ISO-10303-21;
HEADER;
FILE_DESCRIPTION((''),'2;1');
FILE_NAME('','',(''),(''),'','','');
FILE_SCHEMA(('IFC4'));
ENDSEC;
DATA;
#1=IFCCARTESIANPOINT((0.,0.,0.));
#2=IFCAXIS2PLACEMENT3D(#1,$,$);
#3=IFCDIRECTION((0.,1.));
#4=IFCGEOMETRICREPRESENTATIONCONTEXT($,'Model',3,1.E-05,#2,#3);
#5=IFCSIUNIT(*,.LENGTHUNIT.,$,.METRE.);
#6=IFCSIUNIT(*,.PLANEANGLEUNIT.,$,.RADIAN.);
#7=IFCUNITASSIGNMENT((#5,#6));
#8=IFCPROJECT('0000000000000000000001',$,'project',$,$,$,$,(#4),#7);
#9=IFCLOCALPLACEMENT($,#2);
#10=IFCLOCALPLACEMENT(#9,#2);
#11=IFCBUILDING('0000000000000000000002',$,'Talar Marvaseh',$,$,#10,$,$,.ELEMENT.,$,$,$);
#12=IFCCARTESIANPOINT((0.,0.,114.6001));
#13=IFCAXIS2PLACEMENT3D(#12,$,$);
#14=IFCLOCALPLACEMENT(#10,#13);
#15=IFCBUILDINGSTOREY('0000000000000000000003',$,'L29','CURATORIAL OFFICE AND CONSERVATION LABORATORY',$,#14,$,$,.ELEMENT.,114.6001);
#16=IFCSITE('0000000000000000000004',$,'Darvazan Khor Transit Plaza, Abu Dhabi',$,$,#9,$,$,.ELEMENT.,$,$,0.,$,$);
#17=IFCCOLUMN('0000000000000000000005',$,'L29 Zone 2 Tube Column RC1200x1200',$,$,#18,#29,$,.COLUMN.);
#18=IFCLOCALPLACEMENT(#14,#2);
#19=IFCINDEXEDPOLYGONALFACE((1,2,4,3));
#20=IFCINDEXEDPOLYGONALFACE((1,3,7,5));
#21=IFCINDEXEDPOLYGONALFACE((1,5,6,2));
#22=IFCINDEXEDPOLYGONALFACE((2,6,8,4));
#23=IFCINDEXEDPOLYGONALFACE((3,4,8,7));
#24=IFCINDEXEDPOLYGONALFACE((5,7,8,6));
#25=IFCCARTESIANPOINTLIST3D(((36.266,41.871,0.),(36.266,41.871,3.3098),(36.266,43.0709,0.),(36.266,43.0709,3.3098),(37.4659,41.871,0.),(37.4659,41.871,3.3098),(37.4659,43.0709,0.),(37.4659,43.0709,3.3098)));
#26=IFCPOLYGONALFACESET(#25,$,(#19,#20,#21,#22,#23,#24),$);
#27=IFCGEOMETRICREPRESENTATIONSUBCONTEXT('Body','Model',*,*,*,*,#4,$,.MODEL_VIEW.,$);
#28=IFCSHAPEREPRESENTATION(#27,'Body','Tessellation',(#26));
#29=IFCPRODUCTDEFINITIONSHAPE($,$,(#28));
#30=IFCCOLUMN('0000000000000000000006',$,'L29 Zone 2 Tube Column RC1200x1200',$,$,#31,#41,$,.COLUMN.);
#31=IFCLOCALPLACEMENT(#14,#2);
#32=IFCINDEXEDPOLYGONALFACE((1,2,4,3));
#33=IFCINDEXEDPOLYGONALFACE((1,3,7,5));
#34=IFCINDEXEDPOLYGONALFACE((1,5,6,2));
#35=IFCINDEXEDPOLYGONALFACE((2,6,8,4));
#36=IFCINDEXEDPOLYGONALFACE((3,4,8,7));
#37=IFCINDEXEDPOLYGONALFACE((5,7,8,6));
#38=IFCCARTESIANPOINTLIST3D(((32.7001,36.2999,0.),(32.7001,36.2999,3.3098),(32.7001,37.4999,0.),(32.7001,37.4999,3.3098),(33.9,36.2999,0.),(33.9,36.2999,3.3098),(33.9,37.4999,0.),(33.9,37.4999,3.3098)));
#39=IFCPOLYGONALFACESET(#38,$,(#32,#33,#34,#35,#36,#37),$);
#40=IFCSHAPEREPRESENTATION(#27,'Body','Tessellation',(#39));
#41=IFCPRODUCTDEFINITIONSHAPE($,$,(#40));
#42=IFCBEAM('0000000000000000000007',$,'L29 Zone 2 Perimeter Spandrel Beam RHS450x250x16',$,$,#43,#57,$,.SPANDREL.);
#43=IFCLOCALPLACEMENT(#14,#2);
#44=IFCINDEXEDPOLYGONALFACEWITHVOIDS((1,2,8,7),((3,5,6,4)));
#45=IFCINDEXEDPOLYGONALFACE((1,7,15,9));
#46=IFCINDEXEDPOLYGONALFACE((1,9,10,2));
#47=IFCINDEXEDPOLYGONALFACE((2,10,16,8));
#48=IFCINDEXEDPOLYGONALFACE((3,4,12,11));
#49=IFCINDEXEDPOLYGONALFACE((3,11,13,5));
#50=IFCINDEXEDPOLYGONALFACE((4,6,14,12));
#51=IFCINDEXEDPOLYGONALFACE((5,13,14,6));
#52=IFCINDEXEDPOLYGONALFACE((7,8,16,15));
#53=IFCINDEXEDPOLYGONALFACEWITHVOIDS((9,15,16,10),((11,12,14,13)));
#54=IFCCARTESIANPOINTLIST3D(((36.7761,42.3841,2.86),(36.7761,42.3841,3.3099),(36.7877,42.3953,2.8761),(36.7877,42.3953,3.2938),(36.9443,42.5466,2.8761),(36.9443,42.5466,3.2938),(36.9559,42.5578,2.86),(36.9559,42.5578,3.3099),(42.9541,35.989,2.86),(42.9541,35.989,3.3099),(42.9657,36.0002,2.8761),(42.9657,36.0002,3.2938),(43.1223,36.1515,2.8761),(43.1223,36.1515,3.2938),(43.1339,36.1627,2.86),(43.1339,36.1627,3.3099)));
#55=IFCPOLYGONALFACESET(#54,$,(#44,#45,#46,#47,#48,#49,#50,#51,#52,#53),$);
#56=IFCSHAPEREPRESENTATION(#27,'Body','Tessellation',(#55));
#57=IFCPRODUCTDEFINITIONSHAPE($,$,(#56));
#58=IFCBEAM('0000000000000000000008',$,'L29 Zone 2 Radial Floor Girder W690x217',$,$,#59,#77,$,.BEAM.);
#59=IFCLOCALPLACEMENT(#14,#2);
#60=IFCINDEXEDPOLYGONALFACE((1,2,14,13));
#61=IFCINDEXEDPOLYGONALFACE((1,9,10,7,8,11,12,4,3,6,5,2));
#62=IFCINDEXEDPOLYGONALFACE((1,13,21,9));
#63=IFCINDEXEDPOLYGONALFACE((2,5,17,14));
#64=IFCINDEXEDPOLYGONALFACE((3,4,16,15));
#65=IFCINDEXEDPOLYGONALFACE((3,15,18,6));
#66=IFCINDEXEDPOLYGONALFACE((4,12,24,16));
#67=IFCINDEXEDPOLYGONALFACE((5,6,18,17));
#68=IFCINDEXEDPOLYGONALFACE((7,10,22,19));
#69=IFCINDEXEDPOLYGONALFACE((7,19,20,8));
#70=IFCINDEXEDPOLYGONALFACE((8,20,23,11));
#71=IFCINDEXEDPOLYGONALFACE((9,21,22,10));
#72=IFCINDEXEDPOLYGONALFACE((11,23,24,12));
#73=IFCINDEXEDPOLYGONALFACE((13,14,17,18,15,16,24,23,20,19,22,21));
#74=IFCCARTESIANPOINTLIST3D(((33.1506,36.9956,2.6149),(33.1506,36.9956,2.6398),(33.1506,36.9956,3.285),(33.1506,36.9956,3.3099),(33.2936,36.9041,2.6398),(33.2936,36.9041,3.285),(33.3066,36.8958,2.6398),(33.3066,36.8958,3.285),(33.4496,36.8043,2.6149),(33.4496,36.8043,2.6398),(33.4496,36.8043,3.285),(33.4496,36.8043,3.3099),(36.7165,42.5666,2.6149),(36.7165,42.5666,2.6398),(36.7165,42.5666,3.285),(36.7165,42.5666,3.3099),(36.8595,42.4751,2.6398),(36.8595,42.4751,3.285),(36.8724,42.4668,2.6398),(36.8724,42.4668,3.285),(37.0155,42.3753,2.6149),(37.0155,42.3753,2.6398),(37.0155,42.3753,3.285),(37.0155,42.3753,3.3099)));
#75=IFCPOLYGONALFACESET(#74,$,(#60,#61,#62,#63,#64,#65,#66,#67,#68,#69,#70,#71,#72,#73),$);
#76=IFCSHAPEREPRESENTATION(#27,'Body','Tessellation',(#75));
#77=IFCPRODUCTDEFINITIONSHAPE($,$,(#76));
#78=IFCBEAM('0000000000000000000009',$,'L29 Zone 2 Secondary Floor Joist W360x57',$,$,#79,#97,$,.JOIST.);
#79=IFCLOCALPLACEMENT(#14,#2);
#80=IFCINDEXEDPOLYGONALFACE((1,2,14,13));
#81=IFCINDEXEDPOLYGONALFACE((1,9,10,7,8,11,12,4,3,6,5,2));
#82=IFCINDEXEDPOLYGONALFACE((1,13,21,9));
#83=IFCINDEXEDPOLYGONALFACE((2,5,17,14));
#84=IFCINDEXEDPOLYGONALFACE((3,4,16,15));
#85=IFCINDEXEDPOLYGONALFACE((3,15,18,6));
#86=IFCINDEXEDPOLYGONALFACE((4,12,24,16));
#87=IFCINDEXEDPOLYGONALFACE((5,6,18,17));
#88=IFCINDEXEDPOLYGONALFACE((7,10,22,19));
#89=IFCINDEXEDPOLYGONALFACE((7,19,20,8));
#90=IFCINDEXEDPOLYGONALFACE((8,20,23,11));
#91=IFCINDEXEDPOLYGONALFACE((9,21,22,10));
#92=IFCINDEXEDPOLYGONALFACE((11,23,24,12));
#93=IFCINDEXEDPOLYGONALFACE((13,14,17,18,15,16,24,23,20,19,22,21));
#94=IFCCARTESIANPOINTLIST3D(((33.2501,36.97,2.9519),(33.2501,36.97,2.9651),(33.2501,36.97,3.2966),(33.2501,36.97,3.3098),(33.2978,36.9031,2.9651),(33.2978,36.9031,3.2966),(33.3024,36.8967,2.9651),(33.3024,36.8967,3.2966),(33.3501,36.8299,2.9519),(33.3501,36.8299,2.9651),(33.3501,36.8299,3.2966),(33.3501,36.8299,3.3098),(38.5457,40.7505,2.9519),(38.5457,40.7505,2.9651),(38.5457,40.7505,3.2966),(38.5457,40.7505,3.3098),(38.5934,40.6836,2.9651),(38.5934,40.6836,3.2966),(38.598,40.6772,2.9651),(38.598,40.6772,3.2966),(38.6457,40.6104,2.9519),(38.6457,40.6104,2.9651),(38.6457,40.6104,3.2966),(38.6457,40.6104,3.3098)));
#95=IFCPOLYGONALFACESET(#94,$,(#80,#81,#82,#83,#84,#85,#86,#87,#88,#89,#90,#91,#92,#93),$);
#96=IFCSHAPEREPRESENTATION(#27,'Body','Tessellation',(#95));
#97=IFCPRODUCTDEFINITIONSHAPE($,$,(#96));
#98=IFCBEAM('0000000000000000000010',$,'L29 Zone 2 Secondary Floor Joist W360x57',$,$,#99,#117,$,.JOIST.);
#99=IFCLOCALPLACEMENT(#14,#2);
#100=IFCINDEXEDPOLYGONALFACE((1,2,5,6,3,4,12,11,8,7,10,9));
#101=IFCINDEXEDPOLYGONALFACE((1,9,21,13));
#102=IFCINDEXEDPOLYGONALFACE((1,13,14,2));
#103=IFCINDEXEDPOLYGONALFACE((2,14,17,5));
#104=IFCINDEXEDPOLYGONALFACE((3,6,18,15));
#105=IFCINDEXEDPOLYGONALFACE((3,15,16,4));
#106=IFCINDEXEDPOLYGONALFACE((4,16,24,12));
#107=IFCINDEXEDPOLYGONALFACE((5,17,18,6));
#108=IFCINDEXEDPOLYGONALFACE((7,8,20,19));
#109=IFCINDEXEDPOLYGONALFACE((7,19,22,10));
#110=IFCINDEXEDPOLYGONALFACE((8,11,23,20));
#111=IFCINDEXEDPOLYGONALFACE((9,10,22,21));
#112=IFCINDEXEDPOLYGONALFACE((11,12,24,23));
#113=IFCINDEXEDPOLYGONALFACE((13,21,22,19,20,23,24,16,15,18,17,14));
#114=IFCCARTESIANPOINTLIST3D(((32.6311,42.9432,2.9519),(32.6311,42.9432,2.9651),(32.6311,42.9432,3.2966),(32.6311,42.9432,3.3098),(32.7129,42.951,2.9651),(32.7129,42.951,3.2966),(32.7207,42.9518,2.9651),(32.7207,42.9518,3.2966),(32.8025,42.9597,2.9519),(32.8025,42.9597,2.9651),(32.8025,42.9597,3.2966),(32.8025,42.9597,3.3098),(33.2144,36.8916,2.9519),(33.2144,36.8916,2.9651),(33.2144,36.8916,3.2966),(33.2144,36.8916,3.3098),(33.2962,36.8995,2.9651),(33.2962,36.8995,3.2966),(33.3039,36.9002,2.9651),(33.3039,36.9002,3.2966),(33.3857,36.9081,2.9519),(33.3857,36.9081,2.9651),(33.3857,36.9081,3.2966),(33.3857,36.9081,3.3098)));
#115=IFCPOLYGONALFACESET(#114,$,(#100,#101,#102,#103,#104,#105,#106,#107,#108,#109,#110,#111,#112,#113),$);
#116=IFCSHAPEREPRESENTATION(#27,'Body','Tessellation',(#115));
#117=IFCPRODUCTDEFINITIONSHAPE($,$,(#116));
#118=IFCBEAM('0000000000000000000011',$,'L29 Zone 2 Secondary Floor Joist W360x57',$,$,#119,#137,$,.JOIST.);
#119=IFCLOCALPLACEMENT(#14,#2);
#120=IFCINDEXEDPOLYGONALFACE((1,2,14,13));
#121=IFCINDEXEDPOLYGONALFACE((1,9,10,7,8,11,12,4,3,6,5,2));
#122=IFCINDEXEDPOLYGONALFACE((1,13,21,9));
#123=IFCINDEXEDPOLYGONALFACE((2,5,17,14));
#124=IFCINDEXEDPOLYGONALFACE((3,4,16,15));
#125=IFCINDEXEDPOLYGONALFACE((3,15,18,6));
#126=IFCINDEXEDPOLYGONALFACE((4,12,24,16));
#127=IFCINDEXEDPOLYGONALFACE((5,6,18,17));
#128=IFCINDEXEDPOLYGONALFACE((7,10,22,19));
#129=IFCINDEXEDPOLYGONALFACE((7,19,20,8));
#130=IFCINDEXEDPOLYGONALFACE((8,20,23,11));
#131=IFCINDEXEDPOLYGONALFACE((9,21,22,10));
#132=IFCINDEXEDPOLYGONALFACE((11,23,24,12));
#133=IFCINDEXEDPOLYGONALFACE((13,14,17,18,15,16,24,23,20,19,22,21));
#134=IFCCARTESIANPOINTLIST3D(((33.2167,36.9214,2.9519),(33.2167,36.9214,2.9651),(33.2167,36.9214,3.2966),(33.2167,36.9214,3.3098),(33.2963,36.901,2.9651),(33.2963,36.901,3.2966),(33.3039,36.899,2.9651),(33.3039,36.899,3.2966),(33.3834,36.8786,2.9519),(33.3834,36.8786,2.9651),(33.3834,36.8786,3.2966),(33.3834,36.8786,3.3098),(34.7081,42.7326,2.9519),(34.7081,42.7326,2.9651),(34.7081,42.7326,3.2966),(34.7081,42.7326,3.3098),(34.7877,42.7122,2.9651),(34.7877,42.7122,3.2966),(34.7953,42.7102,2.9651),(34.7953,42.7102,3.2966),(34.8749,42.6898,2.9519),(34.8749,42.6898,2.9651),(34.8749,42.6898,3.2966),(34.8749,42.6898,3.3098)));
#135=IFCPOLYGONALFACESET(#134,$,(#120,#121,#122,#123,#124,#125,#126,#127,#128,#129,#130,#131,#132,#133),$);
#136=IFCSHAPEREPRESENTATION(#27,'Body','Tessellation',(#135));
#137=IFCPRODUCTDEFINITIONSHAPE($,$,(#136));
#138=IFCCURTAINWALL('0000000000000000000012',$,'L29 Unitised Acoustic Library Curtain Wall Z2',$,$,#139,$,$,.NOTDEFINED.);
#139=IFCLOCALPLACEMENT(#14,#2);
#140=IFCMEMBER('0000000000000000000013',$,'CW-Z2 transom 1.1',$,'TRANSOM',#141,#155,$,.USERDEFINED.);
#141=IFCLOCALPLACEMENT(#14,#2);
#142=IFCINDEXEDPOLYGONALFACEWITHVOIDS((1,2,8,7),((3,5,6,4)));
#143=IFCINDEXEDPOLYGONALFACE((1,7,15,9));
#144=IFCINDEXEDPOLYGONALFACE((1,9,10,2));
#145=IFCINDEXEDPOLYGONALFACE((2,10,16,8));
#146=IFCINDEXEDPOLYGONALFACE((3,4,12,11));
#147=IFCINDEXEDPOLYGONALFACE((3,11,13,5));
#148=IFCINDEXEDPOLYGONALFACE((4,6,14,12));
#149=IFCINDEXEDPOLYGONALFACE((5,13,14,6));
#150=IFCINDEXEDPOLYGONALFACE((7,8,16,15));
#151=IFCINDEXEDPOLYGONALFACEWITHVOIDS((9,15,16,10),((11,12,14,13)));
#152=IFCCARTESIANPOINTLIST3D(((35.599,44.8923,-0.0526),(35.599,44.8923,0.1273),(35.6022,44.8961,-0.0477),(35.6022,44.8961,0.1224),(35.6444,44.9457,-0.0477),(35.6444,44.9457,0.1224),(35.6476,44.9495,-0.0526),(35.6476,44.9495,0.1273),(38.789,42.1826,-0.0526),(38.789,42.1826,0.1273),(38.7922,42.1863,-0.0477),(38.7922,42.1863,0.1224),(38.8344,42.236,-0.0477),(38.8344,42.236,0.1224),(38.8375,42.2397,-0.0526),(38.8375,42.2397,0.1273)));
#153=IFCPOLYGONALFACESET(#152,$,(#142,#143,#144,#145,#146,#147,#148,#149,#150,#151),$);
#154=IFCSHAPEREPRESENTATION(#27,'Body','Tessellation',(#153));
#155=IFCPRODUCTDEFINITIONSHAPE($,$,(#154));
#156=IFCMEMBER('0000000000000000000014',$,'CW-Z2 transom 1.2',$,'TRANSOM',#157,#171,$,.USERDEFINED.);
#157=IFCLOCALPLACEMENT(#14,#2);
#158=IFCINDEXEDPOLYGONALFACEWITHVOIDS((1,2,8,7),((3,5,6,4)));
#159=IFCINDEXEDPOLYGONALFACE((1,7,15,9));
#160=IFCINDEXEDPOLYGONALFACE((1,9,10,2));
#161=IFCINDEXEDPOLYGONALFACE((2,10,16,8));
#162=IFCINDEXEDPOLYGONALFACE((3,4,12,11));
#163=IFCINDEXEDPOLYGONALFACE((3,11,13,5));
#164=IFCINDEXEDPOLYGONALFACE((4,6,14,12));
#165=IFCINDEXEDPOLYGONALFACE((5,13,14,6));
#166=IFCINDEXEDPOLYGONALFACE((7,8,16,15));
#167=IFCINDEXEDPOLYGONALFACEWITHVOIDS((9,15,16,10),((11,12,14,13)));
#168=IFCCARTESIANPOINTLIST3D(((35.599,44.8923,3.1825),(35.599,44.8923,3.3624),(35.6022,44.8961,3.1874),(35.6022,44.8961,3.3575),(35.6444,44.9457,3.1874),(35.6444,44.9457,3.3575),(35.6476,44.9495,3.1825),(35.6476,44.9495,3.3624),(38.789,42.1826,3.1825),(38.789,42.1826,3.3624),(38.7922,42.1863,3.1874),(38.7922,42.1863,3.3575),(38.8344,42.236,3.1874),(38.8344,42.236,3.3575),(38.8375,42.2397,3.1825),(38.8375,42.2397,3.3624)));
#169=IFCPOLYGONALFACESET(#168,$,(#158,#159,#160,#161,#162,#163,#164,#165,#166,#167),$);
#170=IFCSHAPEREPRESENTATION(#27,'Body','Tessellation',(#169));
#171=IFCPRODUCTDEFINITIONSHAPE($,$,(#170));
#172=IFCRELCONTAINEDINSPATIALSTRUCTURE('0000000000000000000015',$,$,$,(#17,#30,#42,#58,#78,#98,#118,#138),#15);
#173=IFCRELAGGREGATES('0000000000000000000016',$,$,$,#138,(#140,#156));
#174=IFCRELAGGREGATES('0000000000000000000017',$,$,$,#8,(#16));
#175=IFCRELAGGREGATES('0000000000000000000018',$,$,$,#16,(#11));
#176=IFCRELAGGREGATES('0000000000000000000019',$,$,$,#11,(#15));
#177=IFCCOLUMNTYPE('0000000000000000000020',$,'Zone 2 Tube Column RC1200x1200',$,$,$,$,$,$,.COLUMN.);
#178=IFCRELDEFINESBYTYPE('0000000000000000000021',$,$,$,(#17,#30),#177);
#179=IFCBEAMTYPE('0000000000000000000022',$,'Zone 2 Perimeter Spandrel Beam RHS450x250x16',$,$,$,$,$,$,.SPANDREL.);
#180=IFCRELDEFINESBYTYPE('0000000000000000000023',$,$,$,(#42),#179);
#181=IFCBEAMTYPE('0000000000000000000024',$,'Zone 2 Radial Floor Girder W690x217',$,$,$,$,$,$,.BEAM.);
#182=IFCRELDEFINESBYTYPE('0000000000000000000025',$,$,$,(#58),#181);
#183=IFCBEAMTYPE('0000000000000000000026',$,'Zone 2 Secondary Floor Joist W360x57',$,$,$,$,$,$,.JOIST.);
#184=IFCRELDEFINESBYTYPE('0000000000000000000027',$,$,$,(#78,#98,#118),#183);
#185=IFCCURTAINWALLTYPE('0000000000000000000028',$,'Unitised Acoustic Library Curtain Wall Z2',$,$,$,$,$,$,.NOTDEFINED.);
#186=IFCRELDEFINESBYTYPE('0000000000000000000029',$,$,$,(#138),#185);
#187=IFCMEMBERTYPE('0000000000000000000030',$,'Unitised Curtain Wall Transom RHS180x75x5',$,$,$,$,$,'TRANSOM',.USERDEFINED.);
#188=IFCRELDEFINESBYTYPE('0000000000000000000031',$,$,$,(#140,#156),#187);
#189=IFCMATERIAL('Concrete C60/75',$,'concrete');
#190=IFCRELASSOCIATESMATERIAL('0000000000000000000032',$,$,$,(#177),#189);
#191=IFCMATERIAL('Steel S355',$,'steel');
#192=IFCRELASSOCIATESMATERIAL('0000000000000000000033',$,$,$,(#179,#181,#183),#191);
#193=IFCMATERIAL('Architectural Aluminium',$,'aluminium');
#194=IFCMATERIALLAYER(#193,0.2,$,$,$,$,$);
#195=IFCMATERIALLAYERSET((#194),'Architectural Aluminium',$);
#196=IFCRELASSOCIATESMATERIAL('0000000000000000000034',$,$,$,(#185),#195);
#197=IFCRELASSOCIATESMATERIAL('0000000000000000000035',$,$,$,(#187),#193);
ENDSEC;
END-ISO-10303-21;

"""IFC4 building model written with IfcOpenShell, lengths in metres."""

from ifc_helpers import new_model, si_unit, direction, frame, origin, origin_2d, place, context, subcontext, project, spatial, rectangle, hollow_rectangle, i_section, extrude, source, transform, mapped, material, layer, layer_set, material_profile, profile_set, type_object, type_shapes, element, aggregate, save


model = new_model("IFC4")

# Units and contexts
model_context = context("Model", 3, precision=1e-05, world=origin(), true_north=direction((0.0, 1.0)))
body_context = subcontext(model_context, "Body", "Model", "MODEL_VIEW")
ifc_project = project(units=[si_unit("LENGTHUNIT", "METRE"), si_unit("PLANEANGLEUNIT", "RADIAN")], contexts=[model_context])

# Site, building, storey
site_placement = place(None, origin())
site = spatial("IfcSite", under=ifc_project, at=site_placement, Name="Darvazan Khor Transit Plaza, Abu Dhabi", CompositionType="ELEMENT", RefElevation=0.0)
building_placement = place(site_placement, origin())
building = spatial("IfcBuilding", under=site, at=building_placement, Name="Talar Marvaseh", CompositionType="ELEMENT")
storey_placement = place(building_placement, frame((0.0, 0.0, 114.6001)))
storey = spatial("IfcBuildingStorey", under=building, at=storey_placement, Name="L29", Description="CURATORIAL OFFICE AND CONSERVATION LABORATORY", CompositionType="ELEMENT", Elevation=114.6001)

# Columns
ifc_material_1 = material(Name="Concrete C60/75", Category="concrete")
ifc_material_profile_1 = material_profile(ifc_material_1, rectangle(XDim=1.2, YDim=1.2, at=origin_2d()), Name="RC1200x1200")
ifc_profile_set_1 = profile_set([ifc_material_profile_1], Name="Concrete C60/75")
column_type = type_object("IfcColumnType", Name="Zone 2 Tube Column RC1200x1200", PredefinedType="COLUMN", material=ifc_profile_set_1)
for number, where, z_axis, x_axis, name in (
    (1, (36.866, 42.4709, 0.0), (0.0, 0.0, 1.0), (1.0, 0.0, 0.0), "L29 Zone 2 Tube Column RC1200x1200"),
    (2, (33.3, 36.8999, 0.0), (0.0, 0.0, 1.0), (1.0, 0.0, 0.0), "L29 Zone 2 Tube Column RC1200x1200"),
):
    element("IfcColumn", number, at=place(storey_placement, frame(where, z_axis=z_axis, x_axis=x_axis)), inside=storey, type_object=column_type, Name=name, PredefinedType="COLUMN", context=body_context, shape_type="SweptSolid", body=[
        extrude(rectangle(XDim=1.2, YDim=1.2, at=origin_2d()), origin(), (0.0, 0.0, 1.0), 3.3098),
    ])

# Beams
ifc_material_2 = material(Name="Steel S355", Category="steel")
ifc_material_profile_2 = material_profile(ifc_material_2, hollow_rectangle(XDim=0.25, YDim=0.45, WallThickness=0.0161, at=origin_2d()), Name="RHS450x250x16")
ifc_profile_set_2 = profile_set([ifc_material_profile_2], Name="Steel S355")
beam_type_1 = type_object("IfcBeamType", Name="Zone 2 Perimeter Spandrel Beam RHS450x250x16", PredefinedType="SPANDREL", material=ifc_profile_set_2)
beam_1_placement = place(storey_placement, frame((36.866, 42.4709, 3.085), z_axis=(0.694797, -0.719206, 0.0), x_axis=(0.719206, 0.694797, 0.0)))
element("IfcBeam", 3, at=beam_1_placement, inside=storey, type_object=beam_type_1, Name="L29 Zone 2 Perimeter Spandrel Beam RHS450x250x16", PredefinedType="SPANDREL", context=body_context, shape_type="SweptSolid", body=[
    extrude(hollow_rectangle(XDim=0.25, YDim=0.45, WallThickness=0.0161, at=origin_2d()), origin(), (0.0, 0.0, 1.0), 8.8918),
])
ifc_material_profile_3 = material_profile(ifc_material_2, i_section(OverallWidth=0.355, OverallDepth=0.6951, WebThickness=0.0154, FlangeThickness=0.0249, at=origin_2d()), Name="W690x217")
ifc_profile_set_3 = profile_set([ifc_material_profile_3], Name="Steel S355")
beam_type_2 = type_object("IfcBeamType", Name="Zone 2 Radial Floor Girder W690x217", PredefinedType="BEAM", material=ifc_profile_set_3)
beam_2_placement = place(storey_placement, frame((36.866, 42.4709, 2.9624), z_axis=(-0.539102, -0.842241, 0.0), x_axis=(0.842241, -0.539102, 0.0)))
element("IfcBeam", 4, at=beam_2_placement, inside=storey, type_object=beam_type_2, Name="L29 Zone 2 Radial Floor Girder W690x217", PredefinedType="BEAM", context=body_context, shape_type="SweptSolid", body=[
    extrude(i_section(OverallWidth=0.355, OverallDepth=0.6951, WebThickness=0.0154, FlangeThickness=0.0249, at=origin_2d()), origin(), (0.0, 0.0, 1.0), 6.6145),
])
ifc_material_profile_4 = material_profile(ifc_material_2, i_section(OverallWidth=0.1721, OverallDepth=0.3579, WebThickness=0.0078, FlangeThickness=0.0132, at=origin_2d()), Name="W360x57")
ifc_profile_set_4 = profile_set([ifc_material_profile_4], Name="Steel S355")
beam_type_3 = type_object("IfcBeamType", Name="Zone 2 Secondary Floor Joist W360x57", PredefinedType="JOIST", material=ifc_profile_set_4)
beam_3_placement = place(storey_placement, frame((38.5957, 40.6804, 3.1309), z_axis=(-0.813886, -0.581025, 0.0), x_axis=(0.581025, -0.813886, 0.0)))
element("IfcBeam", 5, at=beam_3_placement, inside=storey, type_object=beam_type_3, Name="L29 Zone 2 Secondary Floor Joist W360x57", PredefinedType="JOIST", context=body_context, shape_type="SweptSolid", body=[
    extrude(i_section(OverallWidth=0.1721, OverallDepth=0.3579, WebThickness=0.0078, FlangeThickness=0.0132, at=origin_2d()), origin(), (0.0, 0.0, 1.0), 6.5066),
])
beam_4_placement = place(storey_placement, frame((32.7168, 42.9514, 3.1309), z_axis=(0.095937, -0.995387, 0.0), x_axis=(0.995387, 0.095937, 0.0)))
element("IfcBeam", 6, at=beam_4_placement, inside=storey, type_object=beam_type_3, Name="L29 Zone 2 Secondary Floor Joist W360x57", PredefinedType="JOIST", context=body_context, shape_type="SweptSolid", body=[
    extrude(i_section(OverallWidth=0.1721, OverallDepth=0.3579, WebThickness=0.0078, FlangeThickness=0.0132, at=origin_2d()), origin(), (0.0, 0.0, 1.0), 6.0796),
])
beam_5_placement = place(storey_placement, frame((34.7915, 42.7112, 3.1309), z_axis=(-0.248592, -0.968608, 0.0), x_axis=(0.968608, -0.248592, 0.0)))
element("IfcBeam", 7, at=beam_5_placement, inside=storey, type_object=beam_type_3, Name="L29 Zone 2 Secondary Floor Joist W360x57", PredefinedType="JOIST", context=body_context, shape_type="SweptSolid", body=[
    extrude(i_section(OverallWidth=0.1721, OverallDepth=0.3579, WebThickness=0.0078, FlangeThickness=0.0132, at=origin_2d()), origin(), (0.0, 0.0, 1.0), 5.9995),
])

# Curtain wall, members
ifc_material_3 = material(Name="Architectural Aluminium", Category="aluminium")
ifc_layer_1 = layer(ifc_material_3, 0.2)
ifc_layer_set_1 = layer_set([ifc_layer_1], Name="Architectural Aluminium")
curtain_wall_type = type_object("IfcCurtainWallType", Name="Unitised Acoustic Library Curtain Wall Z2", PredefinedType="NOTDEFINED", material=ifc_layer_set_1)
curtain_wall_1_placement = place(storey_placement, origin())
curtain_wall_1 = element("IfcCurtainWall", 8, at=curtain_wall_1_placement, inside=storey, type_object=curtain_wall_type, Name="L29 Unitised Acoustic Library Curtain Wall Z2", PredefinedType="NOTDEFINED")
ifc_material_profile_5 = material_profile(ifc_material_3, hollow_rectangle(XDim=0.075, YDim=0.1799, WallThickness=0.0049, at=origin_2d()), Name="RHS180x75x5")
ifc_profile_set_5 = profile_set([ifc_material_profile_5], Name="Architectural Aluminium")
member_type_1 = type_object("IfcMemberType", Name="Unitised Curtain Wall Transom RHS180x75x5", ElementType="TRANSOM", PredefinedType="USERDEFINED", material=ifc_profile_set_5)
shared_shape_1 = source(origin(), body_context, "Body", "SweptSolid", [
    extrude(hollow_rectangle(XDim=0.075, YDim=0.1799, WallThickness=0.0049, at=origin_2d()), origin(), (0.0, 0.0, 1.0), 4.1855),
])
type_shapes(member_type_1, [shared_shape_1])
member_1_placement = place(storey_placement, frame((35.6233, 44.9209, 0.0374), z_axis=(0.762144, -0.647408, 0.0), x_axis=(0.647408, 0.762144, 0.0)))
member_1 = element("IfcMember", 9, at=member_1_placement, type_object=member_type_1, Name="CW-Z2 transom 1.1", ObjectType="TRANSOM", PredefinedType="USERDEFINED", context=body_context, shape_type="MappedRepresentation", body=[
    mapped(shared_shape_1, transform((0.0, 0.0, 0.0), x_axis=(1.0, 0.0, 0.0), y_axis=(0.0, 1.0, 0.0), z_axis=(0.0, 0.0, 1.0), scale=1.0)),
])
member_2_placement = place(storey_placement, frame((35.6233, 44.9209, 3.2725), z_axis=(0.762144, -0.647408, 0.0), x_axis=(0.647408, 0.762144, 0.0)))
member_2 = element("IfcMember", 10, at=member_2_placement, type_object=member_type_1, Name="CW-Z2 transom 1.2", ObjectType="TRANSOM", PredefinedType="USERDEFINED", context=body_context, shape_type="MappedRepresentation", body=[
    mapped(shared_shape_1, transform((0.0, 0.0, 0.0), x_axis=(1.0, 0.0, 0.0), y_axis=(0.0, 1.0, 0.0), z_axis=(0.0, 0.0, 1.0), scale=1.0)),
])

aggregate(curtain_wall_1, [member_1, member_2])

save(model, "model.ifc")
